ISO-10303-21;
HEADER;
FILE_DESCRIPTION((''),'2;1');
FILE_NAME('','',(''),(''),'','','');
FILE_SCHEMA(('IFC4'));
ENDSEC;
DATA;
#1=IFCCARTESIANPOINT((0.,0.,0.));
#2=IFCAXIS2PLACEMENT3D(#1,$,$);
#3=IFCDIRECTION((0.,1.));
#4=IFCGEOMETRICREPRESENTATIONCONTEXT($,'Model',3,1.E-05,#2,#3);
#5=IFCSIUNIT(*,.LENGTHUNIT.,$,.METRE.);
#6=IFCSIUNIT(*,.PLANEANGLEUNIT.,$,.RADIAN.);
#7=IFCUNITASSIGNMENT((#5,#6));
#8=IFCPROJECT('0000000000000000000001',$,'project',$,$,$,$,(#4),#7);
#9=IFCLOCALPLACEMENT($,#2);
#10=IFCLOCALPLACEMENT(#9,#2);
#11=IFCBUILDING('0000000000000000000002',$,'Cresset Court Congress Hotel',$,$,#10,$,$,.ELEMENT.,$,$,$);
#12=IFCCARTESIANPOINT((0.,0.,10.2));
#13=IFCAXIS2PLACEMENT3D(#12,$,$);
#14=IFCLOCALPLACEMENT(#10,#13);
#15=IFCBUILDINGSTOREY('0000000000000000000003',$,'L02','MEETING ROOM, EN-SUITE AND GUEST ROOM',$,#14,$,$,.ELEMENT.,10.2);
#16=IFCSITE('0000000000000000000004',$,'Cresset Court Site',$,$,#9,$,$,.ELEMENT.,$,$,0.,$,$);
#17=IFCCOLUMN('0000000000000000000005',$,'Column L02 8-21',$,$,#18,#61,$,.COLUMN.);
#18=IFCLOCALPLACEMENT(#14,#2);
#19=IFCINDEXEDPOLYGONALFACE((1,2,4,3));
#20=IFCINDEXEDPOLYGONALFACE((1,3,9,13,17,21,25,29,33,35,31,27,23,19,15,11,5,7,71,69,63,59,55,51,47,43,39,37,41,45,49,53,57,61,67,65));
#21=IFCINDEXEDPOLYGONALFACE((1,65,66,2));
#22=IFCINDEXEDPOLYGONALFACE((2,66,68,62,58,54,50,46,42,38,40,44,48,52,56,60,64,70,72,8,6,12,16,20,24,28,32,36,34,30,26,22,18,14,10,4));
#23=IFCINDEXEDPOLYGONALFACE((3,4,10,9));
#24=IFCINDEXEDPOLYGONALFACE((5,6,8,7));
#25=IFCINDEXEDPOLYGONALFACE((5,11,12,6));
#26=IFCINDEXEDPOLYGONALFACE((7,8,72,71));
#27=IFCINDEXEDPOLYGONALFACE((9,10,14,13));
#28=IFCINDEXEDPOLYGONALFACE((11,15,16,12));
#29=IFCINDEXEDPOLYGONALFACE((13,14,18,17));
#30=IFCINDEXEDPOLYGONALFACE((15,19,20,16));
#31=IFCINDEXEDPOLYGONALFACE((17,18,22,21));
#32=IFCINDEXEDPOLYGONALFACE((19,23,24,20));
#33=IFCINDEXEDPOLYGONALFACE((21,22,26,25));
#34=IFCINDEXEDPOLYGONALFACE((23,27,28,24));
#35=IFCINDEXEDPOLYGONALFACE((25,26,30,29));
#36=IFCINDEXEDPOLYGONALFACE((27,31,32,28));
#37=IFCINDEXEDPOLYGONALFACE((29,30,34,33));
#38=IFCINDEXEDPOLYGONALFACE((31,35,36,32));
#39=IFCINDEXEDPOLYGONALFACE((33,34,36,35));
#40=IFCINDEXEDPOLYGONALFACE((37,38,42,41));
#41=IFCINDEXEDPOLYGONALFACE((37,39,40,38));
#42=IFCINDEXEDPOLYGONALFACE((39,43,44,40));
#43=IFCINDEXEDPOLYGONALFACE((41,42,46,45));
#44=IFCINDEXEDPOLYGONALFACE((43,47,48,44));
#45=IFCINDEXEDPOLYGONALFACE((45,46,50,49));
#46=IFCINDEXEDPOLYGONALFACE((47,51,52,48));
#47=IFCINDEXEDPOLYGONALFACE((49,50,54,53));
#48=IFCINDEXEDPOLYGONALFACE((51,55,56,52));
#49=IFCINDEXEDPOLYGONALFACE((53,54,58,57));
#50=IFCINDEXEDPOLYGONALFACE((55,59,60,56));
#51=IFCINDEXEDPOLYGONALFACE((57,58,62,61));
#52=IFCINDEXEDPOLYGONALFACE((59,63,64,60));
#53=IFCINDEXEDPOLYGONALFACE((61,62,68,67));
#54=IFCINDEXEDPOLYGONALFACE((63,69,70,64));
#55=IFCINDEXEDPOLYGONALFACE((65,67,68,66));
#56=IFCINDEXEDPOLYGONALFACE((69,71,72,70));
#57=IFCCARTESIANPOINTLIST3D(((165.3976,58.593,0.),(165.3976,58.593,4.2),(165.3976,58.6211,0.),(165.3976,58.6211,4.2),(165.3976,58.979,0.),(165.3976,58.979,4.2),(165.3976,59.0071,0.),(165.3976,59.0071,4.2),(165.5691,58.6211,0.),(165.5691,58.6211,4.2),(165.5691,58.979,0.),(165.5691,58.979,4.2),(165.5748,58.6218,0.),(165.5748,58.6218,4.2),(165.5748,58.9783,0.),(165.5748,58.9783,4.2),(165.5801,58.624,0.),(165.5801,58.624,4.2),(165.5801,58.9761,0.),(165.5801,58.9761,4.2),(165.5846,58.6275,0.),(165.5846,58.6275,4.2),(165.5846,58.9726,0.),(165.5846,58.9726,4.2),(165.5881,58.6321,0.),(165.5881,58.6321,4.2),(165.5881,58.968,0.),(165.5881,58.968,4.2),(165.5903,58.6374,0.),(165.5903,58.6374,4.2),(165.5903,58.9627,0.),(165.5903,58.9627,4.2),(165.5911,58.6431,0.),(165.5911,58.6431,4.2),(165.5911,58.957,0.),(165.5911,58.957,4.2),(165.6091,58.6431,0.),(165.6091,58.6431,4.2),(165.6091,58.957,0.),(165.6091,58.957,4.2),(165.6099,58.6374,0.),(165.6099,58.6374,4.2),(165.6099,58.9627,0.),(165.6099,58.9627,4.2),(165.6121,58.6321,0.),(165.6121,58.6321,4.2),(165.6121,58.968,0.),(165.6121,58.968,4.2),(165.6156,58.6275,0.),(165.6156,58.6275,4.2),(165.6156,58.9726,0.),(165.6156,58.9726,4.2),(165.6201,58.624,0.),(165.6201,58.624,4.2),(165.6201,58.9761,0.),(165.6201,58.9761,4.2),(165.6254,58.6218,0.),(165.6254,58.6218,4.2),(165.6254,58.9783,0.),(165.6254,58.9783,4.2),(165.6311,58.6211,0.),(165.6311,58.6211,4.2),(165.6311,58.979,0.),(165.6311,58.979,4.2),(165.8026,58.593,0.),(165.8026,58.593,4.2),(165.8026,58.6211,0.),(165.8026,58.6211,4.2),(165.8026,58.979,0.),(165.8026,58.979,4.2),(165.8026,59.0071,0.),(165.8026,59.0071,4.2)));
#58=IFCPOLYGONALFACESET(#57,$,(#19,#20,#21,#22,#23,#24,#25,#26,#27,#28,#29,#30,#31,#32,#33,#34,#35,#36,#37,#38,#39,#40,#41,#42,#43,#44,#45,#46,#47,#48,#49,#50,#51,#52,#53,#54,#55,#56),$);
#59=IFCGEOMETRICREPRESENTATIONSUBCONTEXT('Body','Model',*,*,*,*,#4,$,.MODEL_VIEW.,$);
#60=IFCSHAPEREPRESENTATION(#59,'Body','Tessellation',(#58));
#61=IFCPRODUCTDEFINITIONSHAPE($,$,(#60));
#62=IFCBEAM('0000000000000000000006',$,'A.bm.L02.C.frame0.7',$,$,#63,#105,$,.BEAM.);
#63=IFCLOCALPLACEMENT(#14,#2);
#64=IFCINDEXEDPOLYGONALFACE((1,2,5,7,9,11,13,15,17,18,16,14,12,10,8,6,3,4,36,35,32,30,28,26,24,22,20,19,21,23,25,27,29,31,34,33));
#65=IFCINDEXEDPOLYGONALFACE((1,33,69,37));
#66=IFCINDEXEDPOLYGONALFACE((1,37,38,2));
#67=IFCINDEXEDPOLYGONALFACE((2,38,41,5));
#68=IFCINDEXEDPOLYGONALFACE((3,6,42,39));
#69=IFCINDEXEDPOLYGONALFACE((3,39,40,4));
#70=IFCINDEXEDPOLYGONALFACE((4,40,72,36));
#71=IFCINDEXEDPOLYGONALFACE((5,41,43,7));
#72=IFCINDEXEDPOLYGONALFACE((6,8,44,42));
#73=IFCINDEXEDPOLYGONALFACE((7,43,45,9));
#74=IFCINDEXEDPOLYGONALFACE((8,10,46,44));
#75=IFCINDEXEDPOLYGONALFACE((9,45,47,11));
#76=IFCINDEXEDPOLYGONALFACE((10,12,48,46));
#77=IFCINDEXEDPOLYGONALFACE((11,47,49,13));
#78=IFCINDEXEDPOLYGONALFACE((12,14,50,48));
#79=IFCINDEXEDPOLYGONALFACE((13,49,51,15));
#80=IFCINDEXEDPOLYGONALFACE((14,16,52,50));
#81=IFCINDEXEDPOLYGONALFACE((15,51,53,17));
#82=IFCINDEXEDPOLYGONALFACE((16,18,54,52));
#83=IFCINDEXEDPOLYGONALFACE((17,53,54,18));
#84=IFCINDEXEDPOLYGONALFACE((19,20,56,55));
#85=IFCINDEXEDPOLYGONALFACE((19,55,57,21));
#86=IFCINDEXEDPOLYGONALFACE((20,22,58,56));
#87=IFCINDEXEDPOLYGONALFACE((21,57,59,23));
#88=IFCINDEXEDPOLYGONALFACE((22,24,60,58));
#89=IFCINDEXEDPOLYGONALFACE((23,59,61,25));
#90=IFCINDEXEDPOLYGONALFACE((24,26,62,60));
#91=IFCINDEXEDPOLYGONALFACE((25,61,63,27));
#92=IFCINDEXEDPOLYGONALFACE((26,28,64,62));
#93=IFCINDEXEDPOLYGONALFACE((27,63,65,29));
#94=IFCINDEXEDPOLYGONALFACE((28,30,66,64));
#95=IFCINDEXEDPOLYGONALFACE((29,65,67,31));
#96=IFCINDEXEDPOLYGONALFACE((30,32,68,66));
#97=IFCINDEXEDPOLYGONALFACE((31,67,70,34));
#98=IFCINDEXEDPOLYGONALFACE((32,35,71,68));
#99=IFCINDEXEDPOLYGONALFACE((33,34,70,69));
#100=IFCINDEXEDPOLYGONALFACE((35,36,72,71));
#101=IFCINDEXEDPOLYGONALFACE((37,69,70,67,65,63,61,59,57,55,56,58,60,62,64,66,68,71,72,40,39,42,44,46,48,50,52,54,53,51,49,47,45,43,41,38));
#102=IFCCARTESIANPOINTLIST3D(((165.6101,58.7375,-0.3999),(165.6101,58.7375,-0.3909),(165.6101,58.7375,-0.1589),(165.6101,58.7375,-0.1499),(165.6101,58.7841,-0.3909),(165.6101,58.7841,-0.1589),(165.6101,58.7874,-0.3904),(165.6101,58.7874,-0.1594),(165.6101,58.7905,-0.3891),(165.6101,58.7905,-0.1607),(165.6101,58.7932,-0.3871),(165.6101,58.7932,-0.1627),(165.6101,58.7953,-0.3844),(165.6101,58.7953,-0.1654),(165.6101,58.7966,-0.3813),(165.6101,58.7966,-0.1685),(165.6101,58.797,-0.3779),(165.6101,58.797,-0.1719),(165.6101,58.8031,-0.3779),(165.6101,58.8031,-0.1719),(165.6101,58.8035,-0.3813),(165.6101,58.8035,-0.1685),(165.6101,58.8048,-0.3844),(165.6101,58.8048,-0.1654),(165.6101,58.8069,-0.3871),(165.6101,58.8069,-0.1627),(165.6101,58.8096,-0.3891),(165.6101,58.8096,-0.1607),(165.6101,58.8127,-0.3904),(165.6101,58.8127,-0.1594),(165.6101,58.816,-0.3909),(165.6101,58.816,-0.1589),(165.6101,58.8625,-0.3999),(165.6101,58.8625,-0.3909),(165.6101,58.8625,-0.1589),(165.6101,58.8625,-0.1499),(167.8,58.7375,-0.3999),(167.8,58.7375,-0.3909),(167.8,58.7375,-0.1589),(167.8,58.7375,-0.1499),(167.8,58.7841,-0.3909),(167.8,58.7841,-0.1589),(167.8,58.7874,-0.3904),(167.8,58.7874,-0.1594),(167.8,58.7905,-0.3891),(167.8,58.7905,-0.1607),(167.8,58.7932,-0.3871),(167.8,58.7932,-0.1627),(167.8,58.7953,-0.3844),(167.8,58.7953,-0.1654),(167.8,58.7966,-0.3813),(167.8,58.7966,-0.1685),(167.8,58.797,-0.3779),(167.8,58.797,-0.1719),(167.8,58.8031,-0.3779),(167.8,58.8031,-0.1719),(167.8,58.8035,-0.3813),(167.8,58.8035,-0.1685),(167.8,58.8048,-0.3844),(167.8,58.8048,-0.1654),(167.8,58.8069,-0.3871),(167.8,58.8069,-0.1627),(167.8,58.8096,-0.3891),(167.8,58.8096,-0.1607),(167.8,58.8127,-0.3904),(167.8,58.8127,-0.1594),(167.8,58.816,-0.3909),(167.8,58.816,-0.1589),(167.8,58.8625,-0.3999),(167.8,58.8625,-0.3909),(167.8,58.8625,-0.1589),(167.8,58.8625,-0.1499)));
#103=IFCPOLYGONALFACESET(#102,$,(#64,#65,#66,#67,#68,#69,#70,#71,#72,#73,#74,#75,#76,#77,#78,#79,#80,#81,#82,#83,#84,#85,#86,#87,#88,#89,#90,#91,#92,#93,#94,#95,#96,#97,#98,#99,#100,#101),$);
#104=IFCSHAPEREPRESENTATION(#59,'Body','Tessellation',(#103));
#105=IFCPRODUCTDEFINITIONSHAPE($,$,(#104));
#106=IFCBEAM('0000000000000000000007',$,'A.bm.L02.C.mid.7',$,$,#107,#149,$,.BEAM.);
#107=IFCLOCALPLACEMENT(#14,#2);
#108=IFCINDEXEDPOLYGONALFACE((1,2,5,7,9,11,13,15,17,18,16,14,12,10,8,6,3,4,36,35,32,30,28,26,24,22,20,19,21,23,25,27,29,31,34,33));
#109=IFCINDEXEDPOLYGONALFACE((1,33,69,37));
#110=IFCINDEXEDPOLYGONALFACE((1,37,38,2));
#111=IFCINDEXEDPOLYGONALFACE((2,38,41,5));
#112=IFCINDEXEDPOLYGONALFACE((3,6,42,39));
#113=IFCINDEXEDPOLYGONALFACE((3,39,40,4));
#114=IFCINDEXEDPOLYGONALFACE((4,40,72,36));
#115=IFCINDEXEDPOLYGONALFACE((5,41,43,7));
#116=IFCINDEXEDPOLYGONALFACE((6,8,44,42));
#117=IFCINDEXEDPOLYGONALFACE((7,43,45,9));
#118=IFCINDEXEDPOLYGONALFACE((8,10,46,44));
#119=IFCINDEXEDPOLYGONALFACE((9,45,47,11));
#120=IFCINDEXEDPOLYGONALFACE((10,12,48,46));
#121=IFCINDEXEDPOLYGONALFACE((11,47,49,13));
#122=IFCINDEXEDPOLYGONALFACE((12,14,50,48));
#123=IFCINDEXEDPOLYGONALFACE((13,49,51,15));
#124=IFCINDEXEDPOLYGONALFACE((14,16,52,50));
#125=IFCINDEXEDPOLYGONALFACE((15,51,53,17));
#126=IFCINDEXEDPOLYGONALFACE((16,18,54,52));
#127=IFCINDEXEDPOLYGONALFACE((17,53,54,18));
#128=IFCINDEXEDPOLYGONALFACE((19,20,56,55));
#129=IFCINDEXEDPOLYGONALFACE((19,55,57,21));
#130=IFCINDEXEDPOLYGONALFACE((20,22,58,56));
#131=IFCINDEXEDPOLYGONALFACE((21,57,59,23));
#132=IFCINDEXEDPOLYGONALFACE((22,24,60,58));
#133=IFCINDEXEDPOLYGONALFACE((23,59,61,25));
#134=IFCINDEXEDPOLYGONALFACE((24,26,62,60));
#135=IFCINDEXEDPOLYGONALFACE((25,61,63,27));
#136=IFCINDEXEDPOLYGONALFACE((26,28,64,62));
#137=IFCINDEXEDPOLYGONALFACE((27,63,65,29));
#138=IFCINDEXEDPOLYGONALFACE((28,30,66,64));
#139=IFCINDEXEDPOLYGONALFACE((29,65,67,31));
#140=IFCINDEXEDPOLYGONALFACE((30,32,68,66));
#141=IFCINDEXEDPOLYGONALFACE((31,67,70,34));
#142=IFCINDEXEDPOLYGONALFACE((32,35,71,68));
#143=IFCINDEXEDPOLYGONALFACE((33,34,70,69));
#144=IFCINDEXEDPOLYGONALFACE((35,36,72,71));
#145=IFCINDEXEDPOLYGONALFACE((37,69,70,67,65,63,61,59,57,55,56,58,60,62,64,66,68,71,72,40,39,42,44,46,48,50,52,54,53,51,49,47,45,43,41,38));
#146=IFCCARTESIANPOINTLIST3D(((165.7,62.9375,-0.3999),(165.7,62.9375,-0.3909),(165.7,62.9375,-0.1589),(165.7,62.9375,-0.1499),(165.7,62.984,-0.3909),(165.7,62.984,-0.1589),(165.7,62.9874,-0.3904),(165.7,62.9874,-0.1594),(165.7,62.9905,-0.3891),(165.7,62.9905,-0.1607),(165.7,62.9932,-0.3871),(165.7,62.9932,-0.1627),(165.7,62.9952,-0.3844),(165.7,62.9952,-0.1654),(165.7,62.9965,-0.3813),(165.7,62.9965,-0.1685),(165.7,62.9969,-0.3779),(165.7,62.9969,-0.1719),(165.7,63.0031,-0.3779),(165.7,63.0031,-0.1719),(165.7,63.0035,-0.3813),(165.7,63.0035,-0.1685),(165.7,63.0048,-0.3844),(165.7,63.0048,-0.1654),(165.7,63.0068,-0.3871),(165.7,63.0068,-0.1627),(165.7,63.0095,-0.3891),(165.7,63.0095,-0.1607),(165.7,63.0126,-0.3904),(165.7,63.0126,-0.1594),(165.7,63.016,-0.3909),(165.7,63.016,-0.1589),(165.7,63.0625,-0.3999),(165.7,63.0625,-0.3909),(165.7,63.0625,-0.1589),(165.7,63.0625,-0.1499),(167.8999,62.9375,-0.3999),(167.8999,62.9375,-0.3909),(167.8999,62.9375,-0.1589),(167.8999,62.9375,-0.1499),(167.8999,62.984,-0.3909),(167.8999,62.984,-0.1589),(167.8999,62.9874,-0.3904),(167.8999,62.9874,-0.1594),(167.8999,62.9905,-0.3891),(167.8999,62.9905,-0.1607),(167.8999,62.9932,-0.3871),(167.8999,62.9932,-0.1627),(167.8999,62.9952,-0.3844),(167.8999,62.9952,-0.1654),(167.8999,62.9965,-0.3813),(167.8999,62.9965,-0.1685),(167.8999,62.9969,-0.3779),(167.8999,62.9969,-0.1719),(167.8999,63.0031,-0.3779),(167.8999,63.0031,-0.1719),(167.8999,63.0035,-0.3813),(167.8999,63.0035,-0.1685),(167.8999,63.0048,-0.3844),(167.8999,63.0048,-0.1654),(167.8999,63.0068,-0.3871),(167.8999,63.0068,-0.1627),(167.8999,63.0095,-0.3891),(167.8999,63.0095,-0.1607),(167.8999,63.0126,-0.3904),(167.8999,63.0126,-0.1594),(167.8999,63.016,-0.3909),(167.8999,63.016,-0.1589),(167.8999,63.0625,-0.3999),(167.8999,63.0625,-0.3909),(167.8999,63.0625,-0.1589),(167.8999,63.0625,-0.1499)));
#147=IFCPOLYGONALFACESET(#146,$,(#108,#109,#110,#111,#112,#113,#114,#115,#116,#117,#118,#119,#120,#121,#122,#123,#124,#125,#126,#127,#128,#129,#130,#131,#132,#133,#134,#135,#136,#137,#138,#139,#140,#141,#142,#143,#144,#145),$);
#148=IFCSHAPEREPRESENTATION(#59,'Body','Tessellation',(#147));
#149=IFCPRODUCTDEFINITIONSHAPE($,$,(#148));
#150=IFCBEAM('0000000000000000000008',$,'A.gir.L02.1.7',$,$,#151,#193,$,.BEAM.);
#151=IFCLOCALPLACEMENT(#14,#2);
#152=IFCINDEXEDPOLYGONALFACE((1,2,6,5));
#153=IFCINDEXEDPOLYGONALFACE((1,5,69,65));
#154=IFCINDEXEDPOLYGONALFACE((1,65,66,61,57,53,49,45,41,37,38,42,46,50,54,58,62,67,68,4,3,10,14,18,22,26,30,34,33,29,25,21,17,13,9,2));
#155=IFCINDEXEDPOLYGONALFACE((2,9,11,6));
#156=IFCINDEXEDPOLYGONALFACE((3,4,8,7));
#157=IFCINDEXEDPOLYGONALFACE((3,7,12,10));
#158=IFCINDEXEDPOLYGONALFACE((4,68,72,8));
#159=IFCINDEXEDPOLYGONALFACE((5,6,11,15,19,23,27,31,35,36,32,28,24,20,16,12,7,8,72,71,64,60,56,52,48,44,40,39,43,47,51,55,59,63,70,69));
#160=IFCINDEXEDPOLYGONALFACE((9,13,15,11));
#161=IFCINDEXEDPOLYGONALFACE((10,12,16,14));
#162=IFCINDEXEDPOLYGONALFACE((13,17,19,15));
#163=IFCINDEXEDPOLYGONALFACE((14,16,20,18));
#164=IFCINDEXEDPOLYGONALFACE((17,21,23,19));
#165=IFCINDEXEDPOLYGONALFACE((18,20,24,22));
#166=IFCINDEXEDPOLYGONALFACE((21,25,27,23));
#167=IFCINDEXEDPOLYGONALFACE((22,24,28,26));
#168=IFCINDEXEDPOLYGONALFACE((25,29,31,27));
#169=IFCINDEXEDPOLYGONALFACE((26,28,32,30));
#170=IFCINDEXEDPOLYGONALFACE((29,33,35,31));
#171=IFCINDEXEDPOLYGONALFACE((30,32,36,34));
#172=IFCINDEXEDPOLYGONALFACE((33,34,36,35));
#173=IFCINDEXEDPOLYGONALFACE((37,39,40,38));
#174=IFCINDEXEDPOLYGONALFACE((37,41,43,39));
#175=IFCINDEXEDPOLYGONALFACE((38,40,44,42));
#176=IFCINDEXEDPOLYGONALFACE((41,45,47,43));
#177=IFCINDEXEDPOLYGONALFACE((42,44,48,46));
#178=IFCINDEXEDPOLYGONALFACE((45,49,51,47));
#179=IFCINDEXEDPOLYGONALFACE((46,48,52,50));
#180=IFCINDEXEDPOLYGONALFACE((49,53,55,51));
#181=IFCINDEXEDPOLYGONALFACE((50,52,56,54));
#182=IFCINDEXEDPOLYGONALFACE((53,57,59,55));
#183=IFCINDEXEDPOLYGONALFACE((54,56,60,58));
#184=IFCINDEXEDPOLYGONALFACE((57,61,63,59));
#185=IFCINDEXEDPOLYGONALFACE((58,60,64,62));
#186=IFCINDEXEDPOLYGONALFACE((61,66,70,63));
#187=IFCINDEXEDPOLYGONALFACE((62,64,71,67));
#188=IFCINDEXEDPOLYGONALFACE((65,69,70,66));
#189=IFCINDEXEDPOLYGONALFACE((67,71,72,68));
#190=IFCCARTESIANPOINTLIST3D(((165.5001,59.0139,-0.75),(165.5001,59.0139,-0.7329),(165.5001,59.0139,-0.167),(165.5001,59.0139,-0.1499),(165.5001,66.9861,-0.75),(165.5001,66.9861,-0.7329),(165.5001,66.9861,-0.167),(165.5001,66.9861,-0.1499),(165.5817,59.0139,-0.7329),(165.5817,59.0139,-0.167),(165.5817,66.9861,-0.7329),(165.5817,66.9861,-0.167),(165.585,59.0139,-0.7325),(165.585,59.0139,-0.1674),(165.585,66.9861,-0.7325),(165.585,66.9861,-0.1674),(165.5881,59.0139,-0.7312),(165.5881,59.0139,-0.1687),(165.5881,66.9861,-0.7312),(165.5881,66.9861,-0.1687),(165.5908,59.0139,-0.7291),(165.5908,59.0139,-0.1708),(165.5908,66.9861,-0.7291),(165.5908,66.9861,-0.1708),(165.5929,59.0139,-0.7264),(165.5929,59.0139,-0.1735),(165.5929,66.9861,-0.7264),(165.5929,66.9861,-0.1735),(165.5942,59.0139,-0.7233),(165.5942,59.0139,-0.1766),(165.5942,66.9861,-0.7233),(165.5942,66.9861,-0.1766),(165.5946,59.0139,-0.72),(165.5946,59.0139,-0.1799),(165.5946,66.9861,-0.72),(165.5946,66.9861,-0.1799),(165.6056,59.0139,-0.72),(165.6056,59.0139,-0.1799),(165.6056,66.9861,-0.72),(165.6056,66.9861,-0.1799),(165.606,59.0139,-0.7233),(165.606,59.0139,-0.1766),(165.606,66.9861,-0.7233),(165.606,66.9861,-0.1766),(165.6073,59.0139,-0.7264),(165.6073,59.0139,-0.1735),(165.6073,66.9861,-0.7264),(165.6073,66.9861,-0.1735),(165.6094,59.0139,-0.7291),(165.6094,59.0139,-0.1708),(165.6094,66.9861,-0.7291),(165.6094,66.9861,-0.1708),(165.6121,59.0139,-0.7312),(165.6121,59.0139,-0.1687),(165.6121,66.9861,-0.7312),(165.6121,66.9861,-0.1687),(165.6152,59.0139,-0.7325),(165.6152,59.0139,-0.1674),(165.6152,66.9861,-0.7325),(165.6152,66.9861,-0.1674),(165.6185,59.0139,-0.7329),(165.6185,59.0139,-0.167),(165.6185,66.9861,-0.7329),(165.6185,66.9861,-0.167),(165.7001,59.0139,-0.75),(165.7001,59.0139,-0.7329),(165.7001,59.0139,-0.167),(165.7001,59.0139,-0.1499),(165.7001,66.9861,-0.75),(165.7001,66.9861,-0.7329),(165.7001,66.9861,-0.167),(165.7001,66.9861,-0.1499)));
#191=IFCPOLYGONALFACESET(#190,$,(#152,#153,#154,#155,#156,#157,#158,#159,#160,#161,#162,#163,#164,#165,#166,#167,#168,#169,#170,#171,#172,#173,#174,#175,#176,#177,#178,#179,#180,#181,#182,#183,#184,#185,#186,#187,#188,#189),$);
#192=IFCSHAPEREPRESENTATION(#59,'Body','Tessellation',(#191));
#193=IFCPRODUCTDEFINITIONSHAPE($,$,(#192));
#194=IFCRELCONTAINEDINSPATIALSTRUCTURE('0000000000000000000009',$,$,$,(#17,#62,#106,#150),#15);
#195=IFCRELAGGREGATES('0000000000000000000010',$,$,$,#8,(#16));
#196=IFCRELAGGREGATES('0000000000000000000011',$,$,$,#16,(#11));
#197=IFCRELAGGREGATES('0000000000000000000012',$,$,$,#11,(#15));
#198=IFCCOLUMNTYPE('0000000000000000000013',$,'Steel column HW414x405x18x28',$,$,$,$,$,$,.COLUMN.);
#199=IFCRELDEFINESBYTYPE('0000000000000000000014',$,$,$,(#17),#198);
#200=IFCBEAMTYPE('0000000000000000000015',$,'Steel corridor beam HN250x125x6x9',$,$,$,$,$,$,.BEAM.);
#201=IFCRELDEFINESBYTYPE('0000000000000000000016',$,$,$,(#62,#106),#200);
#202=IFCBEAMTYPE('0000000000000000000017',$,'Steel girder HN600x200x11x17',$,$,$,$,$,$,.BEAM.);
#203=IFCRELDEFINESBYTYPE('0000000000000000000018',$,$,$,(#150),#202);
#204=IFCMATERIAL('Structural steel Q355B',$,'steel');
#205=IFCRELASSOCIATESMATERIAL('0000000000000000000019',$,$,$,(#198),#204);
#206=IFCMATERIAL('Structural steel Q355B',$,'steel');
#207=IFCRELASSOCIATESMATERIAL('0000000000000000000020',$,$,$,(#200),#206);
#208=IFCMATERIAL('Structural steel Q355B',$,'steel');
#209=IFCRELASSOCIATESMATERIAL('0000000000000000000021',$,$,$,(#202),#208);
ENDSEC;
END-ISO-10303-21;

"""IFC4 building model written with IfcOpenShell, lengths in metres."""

from ifc_helpers import new_model, si_unit, direction, frame, origin, origin_2d, place, context, subcontext, project, spatial, i_section, extrude, material, material_profile, profile_set, type_object, element, save


model = new_model("IFC4")

# Units and contexts
model_context = context("Model", 3, precision=1e-05, world=origin(), true_north=direction((0.0, 1.0)))
body_context = subcontext(model_context, "Body", "Model", "MODEL_VIEW")
ifc_project = project(units=[si_unit("LENGTHUNIT", "METRE"), si_unit("PLANEANGLEUNIT", "RADIAN")], contexts=[model_context])

# Site, building, storey
site_placement = place(None, origin())
site = spatial("IfcSite", under=ifc_project, at=site_placement, Name="Cresset Court Site", CompositionType="ELEMENT", RefElevation=0.0)
building_placement = place(site_placement, origin())
building = spatial("IfcBuilding", under=site, at=building_placement, Name="Cresset Court Congress Hotel", CompositionType="ELEMENT")
storey_placement = place(building_placement, frame((0.0, 0.0, 10.2)))
storey = spatial("IfcBuildingStorey", under=building, at=storey_placement, Name="L02", Description="MEETING ROOM, EN-SUITE AND GUEST ROOM", CompositionType="ELEMENT", Elevation=10.2)

# Column
ifc_material_1 = material(Name="Structural steel Q355B", Category="steel")
ifc_material_profile_1 = material_profile(ifc_material_1, i_section(OverallWidth=0.405, OverallDepth=0.4141, WebThickness=0.0181, FlangeThickness=0.0281, FilletRadius=0.022, at=origin_2d()), Name="HW414x405x18x28")
ifc_profile_set_1 = profile_set([ifc_material_profile_1], Name="Structural steel Q355B")
column_type = type_object("IfcColumnType", Name="Steel column HW414x405x18x28", PredefinedType="COLUMN", material=ifc_profile_set_1)
column_placement = place(storey_placement, frame((165.6001, 58.8, 0.0), z_axis=(0.0, 0.0, 1.0), x_axis=(1.0, 0.0, 0.0)))
element("IfcColumn", 1, at=column_placement, inside=storey, type_object=column_type, Name="Column L02 8-21", PredefinedType="COLUMN", context=body_context, shape_type="SweptSolid", body=[
    extrude(i_section(OverallWidth=0.405, OverallDepth=0.4141, WebThickness=0.0181, FlangeThickness=0.0281, FilletRadius=0.022, at=origin_2d()), origin(), (0.0, 0.0, 1.0), 4.2),
])

# Beams
ifc_material_2 = material(Name="Structural steel Q355B", Category="steel")
ifc_material_profile_2 = material_profile(ifc_material_2, i_section(OverallWidth=0.125, OverallDepth=0.25, WebThickness=0.0061, FlangeThickness=0.009, FilletRadius=0.0129, at=origin_2d()), Name="HN250x125x6x9")
ifc_profile_set_2 = profile_set([ifc_material_profile_2], Name="Structural steel Q355B")
beam_type_1 = type_object("IfcBeamType", Name="Steel corridor beam HN250x125x6x9", PredefinedType="BEAM", material=ifc_profile_set_2)
beam_1_placement = place(storey_placement, frame((165.6101, 58.8, -0.2749), z_axis=(1.0, 0.0, 0.0), x_axis=(0.0, 1.0, 0.0)))
element("IfcBeam", 2, at=beam_1_placement, inside=storey, type_object=beam_type_1, Name="A.bm.L02.C.frame0.7", PredefinedType="BEAM", context=body_context, shape_type="SweptSolid", body=[
    extrude(i_section(OverallWidth=0.125, OverallDepth=0.25, WebThickness=0.0061, FlangeThickness=0.009, FilletRadius=0.0129, at=origin_2d()), origin(), (0.0, 0.0, 1.0), 2.1899),
])
beam_2_placement = place(storey_placement, frame((165.7, 63.0, -0.2749), z_axis=(1.0, 0.0, 0.0), x_axis=(0.0, 1.0, 0.0)))
element("IfcBeam", 3, at=beam_2_placement, inside=storey, type_object=beam_type_1, Name="A.bm.L02.C.mid.7", PredefinedType="BEAM", context=body_context, shape_type="SweptSolid", body=[
    extrude(i_section(OverallWidth=0.125, OverallDepth=0.25, WebThickness=0.0061, FlangeThickness=0.009, FilletRadius=0.0129, at=origin_2d()), origin(), (0.0, 0.0, 1.0), 2.2),
])
ifc_material_3 = material(Name="Structural steel Q355B", Category="steel")
ifc_material_profile_3 = material_profile(ifc_material_3, i_section(OverallWidth=0.2, OverallDepth=0.6001, WebThickness=0.011, FlangeThickness=0.0171, FilletRadius=0.0129, at=origin_2d()), Name="HN600x200x11x17")
ifc_profile_set_3 = profile_set([ifc_material_profile_3], Name="Structural steel Q355B")
beam_type_2 = type_object("IfcBeamType", Name="Steel girder HN600x200x11x17", PredefinedType="BEAM", material=ifc_profile_set_3)
beam_3_placement = place(storey_placement, frame((165.6001, 59.0139, -0.45), z_axis=(0.0, 1.0, 0.0), x_axis=(-1.0, 0.0, 0.0)))
element("IfcBeam", 4, at=beam_3_placement, inside=storey, type_object=beam_type_2, Name="A.gir.L02.1.7", PredefinedType="BEAM", context=body_context, shape_type="SweptSolid", body=[
    extrude(i_section(OverallWidth=0.2, OverallDepth=0.6001, WebThickness=0.011, FlangeThickness=0.0171, FilletRadius=0.0129, at=origin_2d()), origin(), (0.0, 0.0, 1.0), 7.9722),
])

save(model, "model.ifc")
